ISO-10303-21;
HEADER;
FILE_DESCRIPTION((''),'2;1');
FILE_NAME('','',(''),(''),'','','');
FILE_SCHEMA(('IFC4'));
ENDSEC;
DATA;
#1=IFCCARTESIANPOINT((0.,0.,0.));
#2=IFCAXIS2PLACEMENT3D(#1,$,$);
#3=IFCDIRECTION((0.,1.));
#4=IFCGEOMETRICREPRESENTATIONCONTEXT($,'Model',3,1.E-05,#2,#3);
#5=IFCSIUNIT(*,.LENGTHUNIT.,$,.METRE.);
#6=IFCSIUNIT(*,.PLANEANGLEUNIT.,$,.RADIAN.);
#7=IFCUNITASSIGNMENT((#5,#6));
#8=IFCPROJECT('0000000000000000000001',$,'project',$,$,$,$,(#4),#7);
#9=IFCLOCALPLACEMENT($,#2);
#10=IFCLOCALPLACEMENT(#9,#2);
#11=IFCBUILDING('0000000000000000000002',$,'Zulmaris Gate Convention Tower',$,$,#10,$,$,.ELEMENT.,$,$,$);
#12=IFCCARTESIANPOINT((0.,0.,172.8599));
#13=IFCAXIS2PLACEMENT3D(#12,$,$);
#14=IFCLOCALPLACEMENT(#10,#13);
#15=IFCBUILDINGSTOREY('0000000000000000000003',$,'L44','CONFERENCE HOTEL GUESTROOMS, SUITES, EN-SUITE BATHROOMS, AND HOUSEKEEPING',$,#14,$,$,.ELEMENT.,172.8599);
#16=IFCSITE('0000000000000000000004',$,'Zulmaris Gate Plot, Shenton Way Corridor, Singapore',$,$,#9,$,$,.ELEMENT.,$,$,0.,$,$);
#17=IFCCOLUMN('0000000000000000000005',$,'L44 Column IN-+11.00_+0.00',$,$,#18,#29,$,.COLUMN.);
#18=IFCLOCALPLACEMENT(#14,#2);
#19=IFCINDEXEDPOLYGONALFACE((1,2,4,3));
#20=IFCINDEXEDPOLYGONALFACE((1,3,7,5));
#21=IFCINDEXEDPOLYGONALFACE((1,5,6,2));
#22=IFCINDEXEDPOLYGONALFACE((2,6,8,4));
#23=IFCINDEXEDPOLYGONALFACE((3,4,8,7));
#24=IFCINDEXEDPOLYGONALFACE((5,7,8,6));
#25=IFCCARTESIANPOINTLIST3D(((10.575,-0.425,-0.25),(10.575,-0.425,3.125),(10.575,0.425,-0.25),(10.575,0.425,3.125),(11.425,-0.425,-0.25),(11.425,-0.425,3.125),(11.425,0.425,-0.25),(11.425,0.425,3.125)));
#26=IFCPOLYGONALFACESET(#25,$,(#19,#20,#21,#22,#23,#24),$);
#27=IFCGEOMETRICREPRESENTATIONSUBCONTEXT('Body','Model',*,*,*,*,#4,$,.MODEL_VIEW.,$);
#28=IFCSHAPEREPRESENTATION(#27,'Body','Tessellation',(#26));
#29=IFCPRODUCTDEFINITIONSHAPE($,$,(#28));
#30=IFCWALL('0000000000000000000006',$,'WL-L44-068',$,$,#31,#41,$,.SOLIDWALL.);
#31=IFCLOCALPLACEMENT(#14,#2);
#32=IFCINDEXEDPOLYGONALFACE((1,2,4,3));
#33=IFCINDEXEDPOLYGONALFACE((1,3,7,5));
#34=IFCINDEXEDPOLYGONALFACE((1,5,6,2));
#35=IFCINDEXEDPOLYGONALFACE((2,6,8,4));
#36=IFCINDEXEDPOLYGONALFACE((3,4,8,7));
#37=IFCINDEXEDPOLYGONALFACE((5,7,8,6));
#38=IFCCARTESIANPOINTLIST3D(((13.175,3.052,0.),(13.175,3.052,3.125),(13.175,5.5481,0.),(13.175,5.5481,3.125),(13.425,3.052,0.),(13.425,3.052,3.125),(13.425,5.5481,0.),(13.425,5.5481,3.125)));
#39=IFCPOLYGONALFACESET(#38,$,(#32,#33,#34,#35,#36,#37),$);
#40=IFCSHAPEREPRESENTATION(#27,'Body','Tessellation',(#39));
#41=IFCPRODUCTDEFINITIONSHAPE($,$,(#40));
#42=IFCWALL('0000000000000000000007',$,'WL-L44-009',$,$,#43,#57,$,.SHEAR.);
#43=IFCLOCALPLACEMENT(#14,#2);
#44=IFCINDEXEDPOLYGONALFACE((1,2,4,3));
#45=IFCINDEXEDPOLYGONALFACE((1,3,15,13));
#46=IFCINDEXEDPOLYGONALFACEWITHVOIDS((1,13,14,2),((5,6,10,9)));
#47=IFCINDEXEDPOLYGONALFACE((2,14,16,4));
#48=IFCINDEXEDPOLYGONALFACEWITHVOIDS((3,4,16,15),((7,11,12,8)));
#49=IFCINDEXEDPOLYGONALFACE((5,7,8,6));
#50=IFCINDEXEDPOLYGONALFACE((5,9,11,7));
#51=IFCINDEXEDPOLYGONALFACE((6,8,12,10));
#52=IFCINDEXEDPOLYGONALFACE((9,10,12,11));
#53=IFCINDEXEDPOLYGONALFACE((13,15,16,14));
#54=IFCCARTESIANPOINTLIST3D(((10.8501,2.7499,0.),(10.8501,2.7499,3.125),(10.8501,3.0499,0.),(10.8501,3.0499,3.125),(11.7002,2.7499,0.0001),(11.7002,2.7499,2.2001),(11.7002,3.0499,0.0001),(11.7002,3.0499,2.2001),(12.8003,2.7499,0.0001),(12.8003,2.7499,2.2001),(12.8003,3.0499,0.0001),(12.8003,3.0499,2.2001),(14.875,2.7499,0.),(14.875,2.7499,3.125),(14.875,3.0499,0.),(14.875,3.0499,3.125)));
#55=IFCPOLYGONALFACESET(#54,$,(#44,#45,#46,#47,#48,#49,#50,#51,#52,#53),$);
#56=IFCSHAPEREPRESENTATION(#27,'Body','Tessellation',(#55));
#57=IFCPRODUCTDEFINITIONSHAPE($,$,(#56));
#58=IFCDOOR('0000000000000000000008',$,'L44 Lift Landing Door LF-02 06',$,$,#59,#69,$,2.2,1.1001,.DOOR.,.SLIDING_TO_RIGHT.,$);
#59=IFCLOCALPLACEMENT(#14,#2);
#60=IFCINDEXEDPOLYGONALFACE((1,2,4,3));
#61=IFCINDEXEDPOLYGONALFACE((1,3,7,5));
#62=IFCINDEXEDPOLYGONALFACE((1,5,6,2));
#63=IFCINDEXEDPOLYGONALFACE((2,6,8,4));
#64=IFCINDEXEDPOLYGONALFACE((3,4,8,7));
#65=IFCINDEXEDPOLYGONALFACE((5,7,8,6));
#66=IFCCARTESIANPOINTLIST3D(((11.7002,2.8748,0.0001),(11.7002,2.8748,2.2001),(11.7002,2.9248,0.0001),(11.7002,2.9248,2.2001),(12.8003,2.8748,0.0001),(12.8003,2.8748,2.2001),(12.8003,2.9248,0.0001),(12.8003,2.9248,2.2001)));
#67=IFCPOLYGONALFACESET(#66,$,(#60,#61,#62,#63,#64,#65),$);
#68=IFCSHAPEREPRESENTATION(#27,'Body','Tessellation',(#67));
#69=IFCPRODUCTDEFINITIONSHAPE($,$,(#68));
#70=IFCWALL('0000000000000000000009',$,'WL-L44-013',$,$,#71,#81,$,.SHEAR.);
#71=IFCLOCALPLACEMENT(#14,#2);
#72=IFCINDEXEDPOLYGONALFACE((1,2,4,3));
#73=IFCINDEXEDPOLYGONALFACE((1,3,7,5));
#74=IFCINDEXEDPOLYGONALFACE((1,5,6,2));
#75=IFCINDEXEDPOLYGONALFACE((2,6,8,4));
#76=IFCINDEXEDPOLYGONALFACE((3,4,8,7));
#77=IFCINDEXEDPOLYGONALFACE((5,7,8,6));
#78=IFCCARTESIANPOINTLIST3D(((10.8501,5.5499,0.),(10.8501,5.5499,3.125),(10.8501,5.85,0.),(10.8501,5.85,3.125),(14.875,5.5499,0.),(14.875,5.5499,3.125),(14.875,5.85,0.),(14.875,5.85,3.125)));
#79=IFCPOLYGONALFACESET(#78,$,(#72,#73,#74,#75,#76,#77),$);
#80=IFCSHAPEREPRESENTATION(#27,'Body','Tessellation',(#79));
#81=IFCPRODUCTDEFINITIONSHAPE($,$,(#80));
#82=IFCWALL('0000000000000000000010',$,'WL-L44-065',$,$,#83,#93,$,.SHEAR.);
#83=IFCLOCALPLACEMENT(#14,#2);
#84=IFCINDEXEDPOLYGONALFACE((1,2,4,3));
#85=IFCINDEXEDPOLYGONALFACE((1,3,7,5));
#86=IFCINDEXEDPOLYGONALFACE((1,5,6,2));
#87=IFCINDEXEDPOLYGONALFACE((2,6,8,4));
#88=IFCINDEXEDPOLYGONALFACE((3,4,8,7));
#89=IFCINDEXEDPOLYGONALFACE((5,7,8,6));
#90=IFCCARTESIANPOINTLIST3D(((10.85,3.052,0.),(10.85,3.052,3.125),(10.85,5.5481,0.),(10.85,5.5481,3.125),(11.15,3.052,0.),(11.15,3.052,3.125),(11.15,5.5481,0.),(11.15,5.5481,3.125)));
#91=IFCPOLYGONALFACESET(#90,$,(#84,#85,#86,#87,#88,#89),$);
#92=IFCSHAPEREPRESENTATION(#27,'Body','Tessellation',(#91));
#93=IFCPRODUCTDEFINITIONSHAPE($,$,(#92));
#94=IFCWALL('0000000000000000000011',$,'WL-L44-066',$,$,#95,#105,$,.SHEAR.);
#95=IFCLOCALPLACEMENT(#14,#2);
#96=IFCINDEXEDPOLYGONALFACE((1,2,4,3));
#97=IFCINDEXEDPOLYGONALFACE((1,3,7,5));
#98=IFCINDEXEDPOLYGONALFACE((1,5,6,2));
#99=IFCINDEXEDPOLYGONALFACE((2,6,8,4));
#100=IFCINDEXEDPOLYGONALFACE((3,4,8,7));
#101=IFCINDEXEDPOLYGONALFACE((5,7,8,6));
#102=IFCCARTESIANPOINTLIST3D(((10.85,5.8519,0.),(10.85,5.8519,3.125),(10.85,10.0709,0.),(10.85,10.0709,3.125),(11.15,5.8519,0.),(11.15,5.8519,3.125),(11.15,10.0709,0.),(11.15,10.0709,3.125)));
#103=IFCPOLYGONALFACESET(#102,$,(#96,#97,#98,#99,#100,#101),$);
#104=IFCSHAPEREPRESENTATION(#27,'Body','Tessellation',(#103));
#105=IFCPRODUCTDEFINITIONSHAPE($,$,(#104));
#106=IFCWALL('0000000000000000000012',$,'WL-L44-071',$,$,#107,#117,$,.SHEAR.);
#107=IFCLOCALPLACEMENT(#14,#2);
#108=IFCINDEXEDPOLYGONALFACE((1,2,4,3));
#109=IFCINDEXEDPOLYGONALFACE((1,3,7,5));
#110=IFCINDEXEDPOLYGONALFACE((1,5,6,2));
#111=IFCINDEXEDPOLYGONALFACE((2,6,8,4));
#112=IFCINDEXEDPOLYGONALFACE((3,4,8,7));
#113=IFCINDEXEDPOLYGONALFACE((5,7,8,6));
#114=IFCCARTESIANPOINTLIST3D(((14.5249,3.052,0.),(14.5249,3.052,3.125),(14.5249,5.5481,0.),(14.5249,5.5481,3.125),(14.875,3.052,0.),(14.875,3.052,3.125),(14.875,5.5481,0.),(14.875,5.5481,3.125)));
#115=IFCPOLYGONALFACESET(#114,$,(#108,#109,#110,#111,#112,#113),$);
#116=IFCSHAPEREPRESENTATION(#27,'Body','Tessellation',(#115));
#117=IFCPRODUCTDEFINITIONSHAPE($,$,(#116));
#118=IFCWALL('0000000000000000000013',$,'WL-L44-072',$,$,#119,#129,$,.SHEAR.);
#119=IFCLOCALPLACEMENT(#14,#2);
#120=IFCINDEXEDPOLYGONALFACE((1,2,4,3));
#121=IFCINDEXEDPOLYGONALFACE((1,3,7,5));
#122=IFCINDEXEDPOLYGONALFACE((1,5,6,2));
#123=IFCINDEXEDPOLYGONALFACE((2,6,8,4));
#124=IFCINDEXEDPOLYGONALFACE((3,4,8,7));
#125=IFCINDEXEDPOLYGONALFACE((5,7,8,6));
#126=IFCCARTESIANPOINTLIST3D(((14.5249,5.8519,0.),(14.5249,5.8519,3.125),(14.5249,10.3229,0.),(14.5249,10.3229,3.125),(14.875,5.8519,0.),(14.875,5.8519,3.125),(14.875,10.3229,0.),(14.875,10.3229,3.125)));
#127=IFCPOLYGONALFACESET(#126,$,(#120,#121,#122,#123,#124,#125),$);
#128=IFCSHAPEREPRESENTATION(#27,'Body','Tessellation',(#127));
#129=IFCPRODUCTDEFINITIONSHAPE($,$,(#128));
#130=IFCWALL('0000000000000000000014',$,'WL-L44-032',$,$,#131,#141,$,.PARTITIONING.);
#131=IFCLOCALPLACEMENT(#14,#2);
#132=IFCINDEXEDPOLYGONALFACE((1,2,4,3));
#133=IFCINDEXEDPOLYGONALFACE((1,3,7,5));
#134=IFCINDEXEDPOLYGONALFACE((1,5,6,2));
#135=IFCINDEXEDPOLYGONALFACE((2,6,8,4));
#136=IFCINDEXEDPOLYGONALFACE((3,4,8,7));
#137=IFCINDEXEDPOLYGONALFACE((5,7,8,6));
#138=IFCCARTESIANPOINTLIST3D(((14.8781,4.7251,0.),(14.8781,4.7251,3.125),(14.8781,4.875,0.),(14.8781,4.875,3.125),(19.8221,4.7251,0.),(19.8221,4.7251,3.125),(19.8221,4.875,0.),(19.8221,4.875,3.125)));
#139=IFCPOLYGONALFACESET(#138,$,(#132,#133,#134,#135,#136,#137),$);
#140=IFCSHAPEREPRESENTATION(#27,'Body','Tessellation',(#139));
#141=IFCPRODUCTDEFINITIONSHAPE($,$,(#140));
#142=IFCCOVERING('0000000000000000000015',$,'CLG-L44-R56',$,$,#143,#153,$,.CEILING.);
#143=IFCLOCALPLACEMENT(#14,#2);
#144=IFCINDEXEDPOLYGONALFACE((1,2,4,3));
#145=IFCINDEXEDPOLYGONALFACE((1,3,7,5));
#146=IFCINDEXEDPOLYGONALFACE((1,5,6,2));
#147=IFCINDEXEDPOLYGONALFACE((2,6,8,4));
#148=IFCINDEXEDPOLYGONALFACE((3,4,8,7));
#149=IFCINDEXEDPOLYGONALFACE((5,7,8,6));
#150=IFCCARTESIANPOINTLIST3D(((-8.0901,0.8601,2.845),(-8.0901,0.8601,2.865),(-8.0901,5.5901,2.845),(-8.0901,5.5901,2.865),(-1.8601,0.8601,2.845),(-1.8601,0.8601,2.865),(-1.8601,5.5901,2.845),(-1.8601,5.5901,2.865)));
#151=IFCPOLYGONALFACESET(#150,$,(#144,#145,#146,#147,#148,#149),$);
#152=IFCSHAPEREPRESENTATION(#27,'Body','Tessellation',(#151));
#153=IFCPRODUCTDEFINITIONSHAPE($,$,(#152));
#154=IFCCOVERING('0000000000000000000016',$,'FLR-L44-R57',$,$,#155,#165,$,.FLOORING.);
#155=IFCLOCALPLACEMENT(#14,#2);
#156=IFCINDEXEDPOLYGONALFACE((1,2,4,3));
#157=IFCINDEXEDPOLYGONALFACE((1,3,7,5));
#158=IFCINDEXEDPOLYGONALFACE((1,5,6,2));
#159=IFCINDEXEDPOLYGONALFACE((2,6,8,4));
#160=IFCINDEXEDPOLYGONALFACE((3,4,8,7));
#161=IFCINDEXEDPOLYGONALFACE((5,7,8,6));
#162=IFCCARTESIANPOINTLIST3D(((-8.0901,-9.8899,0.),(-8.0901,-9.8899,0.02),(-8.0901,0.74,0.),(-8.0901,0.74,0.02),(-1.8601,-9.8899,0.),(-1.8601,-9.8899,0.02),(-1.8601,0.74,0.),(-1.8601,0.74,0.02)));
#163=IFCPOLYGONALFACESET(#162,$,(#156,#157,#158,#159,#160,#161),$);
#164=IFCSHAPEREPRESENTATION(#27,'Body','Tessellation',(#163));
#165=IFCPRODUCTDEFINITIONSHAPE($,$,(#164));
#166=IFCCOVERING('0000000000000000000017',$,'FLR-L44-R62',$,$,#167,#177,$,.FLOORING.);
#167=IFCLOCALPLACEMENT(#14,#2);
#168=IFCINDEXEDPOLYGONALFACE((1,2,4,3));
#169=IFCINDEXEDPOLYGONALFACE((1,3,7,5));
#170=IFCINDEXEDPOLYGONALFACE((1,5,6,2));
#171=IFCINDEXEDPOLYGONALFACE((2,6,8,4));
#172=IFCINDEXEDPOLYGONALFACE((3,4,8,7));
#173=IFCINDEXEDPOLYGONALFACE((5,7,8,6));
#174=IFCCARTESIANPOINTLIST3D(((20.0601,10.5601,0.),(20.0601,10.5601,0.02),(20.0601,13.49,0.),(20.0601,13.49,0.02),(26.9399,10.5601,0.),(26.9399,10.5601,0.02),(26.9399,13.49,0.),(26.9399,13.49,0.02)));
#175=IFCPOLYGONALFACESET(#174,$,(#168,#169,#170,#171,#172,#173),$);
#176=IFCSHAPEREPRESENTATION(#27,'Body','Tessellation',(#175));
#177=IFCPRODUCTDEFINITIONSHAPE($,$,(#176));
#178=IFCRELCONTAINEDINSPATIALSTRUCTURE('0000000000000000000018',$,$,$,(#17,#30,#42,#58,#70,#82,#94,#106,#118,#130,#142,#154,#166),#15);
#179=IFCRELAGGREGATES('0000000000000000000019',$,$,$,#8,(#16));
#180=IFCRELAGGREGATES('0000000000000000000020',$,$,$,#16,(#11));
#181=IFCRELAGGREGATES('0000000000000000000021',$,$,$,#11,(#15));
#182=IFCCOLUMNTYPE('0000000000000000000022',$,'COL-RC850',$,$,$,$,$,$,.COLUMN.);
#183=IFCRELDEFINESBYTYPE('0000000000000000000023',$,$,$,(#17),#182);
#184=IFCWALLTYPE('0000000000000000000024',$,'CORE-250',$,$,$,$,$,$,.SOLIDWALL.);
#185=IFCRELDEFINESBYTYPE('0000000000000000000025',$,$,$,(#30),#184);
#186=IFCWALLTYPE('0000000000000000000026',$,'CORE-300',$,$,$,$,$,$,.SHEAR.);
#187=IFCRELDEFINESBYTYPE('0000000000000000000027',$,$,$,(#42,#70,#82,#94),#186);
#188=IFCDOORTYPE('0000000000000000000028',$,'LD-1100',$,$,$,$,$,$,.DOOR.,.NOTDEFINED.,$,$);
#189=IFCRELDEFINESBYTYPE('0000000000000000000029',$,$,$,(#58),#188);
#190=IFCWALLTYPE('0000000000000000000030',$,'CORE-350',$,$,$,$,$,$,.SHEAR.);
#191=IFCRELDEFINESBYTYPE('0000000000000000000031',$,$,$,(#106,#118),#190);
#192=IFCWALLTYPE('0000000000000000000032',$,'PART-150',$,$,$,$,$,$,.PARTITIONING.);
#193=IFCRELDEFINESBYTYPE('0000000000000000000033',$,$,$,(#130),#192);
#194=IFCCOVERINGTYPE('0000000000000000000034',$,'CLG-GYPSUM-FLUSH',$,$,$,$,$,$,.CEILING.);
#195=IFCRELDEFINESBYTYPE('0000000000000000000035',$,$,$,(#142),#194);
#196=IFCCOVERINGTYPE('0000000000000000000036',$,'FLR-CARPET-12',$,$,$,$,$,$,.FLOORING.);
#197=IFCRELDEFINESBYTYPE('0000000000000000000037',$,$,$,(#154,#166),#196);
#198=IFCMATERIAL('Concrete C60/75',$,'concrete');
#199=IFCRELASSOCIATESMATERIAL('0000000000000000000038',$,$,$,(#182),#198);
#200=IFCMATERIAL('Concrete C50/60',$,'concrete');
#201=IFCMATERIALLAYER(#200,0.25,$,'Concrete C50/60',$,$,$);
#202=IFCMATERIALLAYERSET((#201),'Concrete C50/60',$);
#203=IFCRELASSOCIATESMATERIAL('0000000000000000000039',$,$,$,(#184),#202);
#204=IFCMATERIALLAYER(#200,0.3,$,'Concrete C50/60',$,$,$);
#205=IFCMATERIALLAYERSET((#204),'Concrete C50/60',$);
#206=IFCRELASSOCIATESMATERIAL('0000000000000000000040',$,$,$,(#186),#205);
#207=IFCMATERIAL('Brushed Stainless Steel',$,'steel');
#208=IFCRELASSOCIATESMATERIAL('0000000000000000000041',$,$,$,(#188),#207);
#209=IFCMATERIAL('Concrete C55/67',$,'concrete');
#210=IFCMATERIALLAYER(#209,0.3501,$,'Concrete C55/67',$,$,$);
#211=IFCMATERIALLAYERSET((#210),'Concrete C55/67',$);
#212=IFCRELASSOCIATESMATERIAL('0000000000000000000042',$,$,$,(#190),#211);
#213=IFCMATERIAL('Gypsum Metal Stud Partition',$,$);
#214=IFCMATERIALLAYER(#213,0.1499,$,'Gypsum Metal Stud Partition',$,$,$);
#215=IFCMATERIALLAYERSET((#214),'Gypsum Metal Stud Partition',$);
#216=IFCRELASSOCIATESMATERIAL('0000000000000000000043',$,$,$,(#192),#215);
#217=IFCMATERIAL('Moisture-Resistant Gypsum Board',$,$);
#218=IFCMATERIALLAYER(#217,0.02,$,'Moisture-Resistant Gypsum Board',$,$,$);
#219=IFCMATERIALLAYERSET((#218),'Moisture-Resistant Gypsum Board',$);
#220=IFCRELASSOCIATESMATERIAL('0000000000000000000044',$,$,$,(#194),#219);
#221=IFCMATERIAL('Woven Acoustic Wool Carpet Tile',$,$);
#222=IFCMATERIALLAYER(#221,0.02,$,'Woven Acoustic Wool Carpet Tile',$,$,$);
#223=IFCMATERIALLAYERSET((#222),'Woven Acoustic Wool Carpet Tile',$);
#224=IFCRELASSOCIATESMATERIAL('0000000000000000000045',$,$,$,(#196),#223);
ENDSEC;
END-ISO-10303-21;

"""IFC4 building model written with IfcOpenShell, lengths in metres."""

from ifc_helpers import new_model, si_unit, direction, frame, frame_2d, origin, origin_2d, place, context, subcontext, project, spatial, polyline, rectangle, outline, extrude, material, layer, layer_set, material_profile, profile_set, type_object, element, fill, save


model = new_model("IFC4")

# Units and contexts
model_context = context("Model", 3, precision=1e-05, world=origin(), true_north=direction((0.0, 1.0)))
body_context = subcontext(model_context, "Body", "Model", "MODEL_VIEW")
ifc_project = project(units=[si_unit("LENGTHUNIT", "METRE"), si_unit("PLANEANGLEUNIT", "RADIAN")], contexts=[model_context])

# Site, building, storey
site_placement = place(None, origin())
site = spatial("IfcSite", under=ifc_project, at=site_placement, Name="Zulmaris Gate Plot, Shenton Way Corridor, Singapore", CompositionType="ELEMENT", RefElevation=0.0)
building_placement = place(site_placement, origin())
building = spatial("IfcBuilding", under=site, at=building_placement, Name="Zulmaris Gate Convention Tower", CompositionType="ELEMENT")
storey_placement = place(building_placement, frame((0.0, 0.0, 172.8599)))
storey = spatial("IfcBuildingStorey", under=building, at=storey_placement, Name="L44", Description="CONFERENCE HOTEL GUESTROOMS, SUITES, EN-SUITE BATHROOMS, AND HOUSEKEEPING", CompositionType="ELEMENT", Elevation=172.8599)

# Column
ifc_material_1 = material(Name="Concrete C60/75", Category="concrete")
ifc_material_profile = material_profile(ifc_material_1, rectangle(XDim=0.8501, YDim=0.8501, at=origin_2d()), Name="RC COL 850x850")
ifc_profile_set = profile_set([ifc_material_profile], Name="Concrete C60/75")
column_type = type_object("IfcColumnType", Name="COL-RC850", PredefinedType="COLUMN", material=ifc_profile_set)
column_placement = place(storey_placement, frame((11.0, 0.0, -0.25), z_axis=(0.0, 0.0, 1.0), x_axis=(1.0, 0.0, 0.0)))
element("IfcColumn", 1, at=column_placement, inside=storey, type_object=column_type, Name="L44 Column IN-+11.00_+0.00", PredefinedType="COLUMN", context=body_context, shape_type="SweptSolid", body=[
    extrude(rectangle(XDim=0.8501, YDim=0.8501, at=origin_2d()), origin(), (0.0, 0.0, 1.0), 3.375),
])

# Wall
ifc_material_2 = material(Name="Concrete C50/60", Category="concrete")
ifc_layer_1 = layer(ifc_material_2, 0.25, Name="Concrete C50/60")
ifc_layer_set_1 = layer_set([ifc_layer_1], Name="Concrete C50/60")
wall_type_1 = type_object("IfcWallType", Name="CORE-250", PredefinedType="SOLIDWALL", material=ifc_layer_set_1)
wall_1_placement = place(storey_placement, frame((13.3, 3.052, 0.0), z_axis=(0.0, 0.0, 1.0), x_axis=(0.0, 1.0, 0.0)))
element("IfcWall", 2, at=wall_1_placement, inside=storey, type_object=wall_type_1, Name="WL-L44-068", PredefinedType="SOLIDWALL", context=body_context, shape_type="SweptSolid", body=[
    extrude(rectangle(XDim=2.4961, YDim=0.25, at=frame_2d((1.248, 0.0))), origin(), (0.0, 0.0, 1.0), 3.125),
])

# Wall, opening, door
ifc_layer_2 = layer(ifc_material_2, 0.3, Name="Concrete C50/60")
ifc_layer_set_2 = layer_set([ifc_layer_2], Name="Concrete C50/60")
wall_type_2 = type_object("IfcWallType", Name="CORE-300", PredefinedType="SHEAR", material=ifc_layer_set_2)
wall_2_placement = place(storey_placement, frame((10.8501, 2.8999, 0.0), z_axis=(0.0, 0.0, 1.0), x_axis=(1.0, 0.0, 0.0)))
wall_2 = element("IfcWall", 3, at=wall_2_placement, inside=storey, type_object=wall_type_2, Name="WL-L44-009", PredefinedType="SHEAR", context=body_context, shape_type="SweptSolid", body=[
    extrude(rectangle(XDim=4.0249, YDim=0.3, at=frame_2d((2.0125, 0.0))), origin(), (0.0, 0.0, 1.0), 3.125),
])
opening_1_placement = place(wall_2_placement, frame((0.8501, 0.0, 0.0)))
opening_1 = element("IfcOpeningElement", 4, at=opening_1_placement, cuts=wall_2, PredefinedType="OPENING", context=body_context, shape_type="SweptSolid", body=[
    extrude(rectangle(XDim=1.1001, YDim=2.2, at=frame_2d((0.55, 1.1001))), frame((0.0, 0.1602, 0.0), z_axis=(0.0, -1.0, 0.0), x_axis=(1.0, 0.0, 0.0)), (0.0, 0.0, 1.0), 0.3201),
])
ifc_material_3 = material(Name="Brushed Stainless Steel", Category="steel")
door_type_1 = type_object("IfcDoorType", Name="LD-1100", OperationType="NOTDEFINED", PredefinedType="DOOR", material=ifc_material_3)
door_1_placement = place(opening_1_placement, origin())
door_1 = element("IfcDoor", 5, at=door_1_placement, inside=storey, type_object=door_type_1, Name="L44 Lift Landing Door LF-02 06", OperationType="SLIDING_TO_RIGHT", OverallHeight=2.2, OverallWidth=1.1001, PredefinedType="DOOR", context=body_context, shape_type="SweptSolid", body=[
    extrude(rectangle(XDim=1.1001, YDim=2.2, at=frame_2d((0.55, 1.1001))), frame((0.0, 0.0249, 0.0), z_axis=(0.0, -1.0, 0.0), x_axis=(1.0, 0.0, 0.0)), (0.0, 0.0, 1.0), 0.05),
])
fill(opening_1, door_1)

# Wall
wall_3_placement = place(storey_placement, frame((10.8501, 5.7, 0.0), z_axis=(0.0, 0.0, 1.0), x_axis=(1.0, 0.0, 0.0)))
element("IfcWall", 6, at=wall_3_placement, inside=storey, type_object=wall_type_2, Name="WL-L44-013", PredefinedType="SHEAR", context=body_context, shape_type="SweptSolid", body=[
    extrude(rectangle(XDim=4.0249, YDim=0.3, at=frame_2d((2.0125, 0.0))), origin(), (0.0, 0.0, 1.0), 3.125),
])

# Walls
wall_4_placement = place(storey_placement, frame((11.0, 3.052, 0.0), z_axis=(0.0, 0.0, 1.0), x_axis=(0.0, 1.0, 0.0)))
element("IfcWall", 7, at=wall_4_placement, inside=storey, type_object=wall_type_2, Name="WL-L44-065", PredefinedType="SHEAR", context=body_context, shape_type="SweptSolid", body=[
    extrude(rectangle(XDim=2.4961, YDim=0.3, at=frame_2d((1.248, 0.0))), origin(), (0.0, 0.0, 1.0), 3.125),
])
wall_5_placement = place(storey_placement, frame((11.0, 5.8521, 0.0), z_axis=(0.0, 0.0, 1.0), x_axis=(0.0, 1.0, 0.0)))
element("IfcWall", 8, at=wall_5_placement, inside=storey, type_object=wall_type_2, Name="WL-L44-066", PredefinedType="SHEAR", context=body_context, shape_type="SweptSolid", body=[
    extrude(rectangle(XDim=4.219, YDim=0.3, at=frame_2d((2.1094, 0.0))), origin(), (0.0, 0.0, 1.0), 3.125),
])
ifc_material_4 = material(Name="Concrete C55/67", Category="concrete")
ifc_layer_3 = layer(ifc_material_4, 0.3501, Name="Concrete C55/67")
ifc_layer_set_3 = layer_set([ifc_layer_3], Name="Concrete C55/67")
wall_type_3 = type_object("IfcWallType", Name="CORE-350", PredefinedType="SHEAR", material=ifc_layer_set_3)
wall_6_placement = place(storey_placement, frame((14.7, 3.052, 0.0), z_axis=(0.0, 0.0, 1.0), x_axis=(0.0, 1.0, 0.0)))
element("IfcWall", 9, at=wall_6_placement, inside=storey, type_object=wall_type_3, Name="WL-L44-071", PredefinedType="SHEAR", context=body_context, shape_type="SweptSolid", body=[
    extrude(rectangle(XDim=2.4961, YDim=0.3501, at=frame_2d((1.248, 0.0))), origin(), (0.0, 0.0, 1.0), 3.125),
])
wall_7_placement = place(storey_placement, frame((14.7, 5.8521, 0.0), z_axis=(0.0, 0.0, 1.0), x_axis=(0.0, 1.0, 0.0)))
element("IfcWall", 10, at=wall_7_placement, inside=storey, type_object=wall_type_3, Name="WL-L44-072", PredefinedType="SHEAR", context=body_context, shape_type="SweptSolid", body=[
    extrude(rectangle(XDim=4.4709, YDim=0.3501, at=frame_2d((2.2354, 0.0))), origin(), (0.0, 0.0, 1.0), 3.125),
])
ifc_material_5 = material(Name="Gypsum Metal Stud Partition")
ifc_layer_4 = layer(ifc_material_5, 0.1499, Name="Gypsum Metal Stud Partition")
ifc_layer_set_4 = layer_set([ifc_layer_4], Name="Gypsum Metal Stud Partition")
wall_type_4 = type_object("IfcWallType", Name="PART-150", PredefinedType="PARTITIONING", material=ifc_layer_set_4)
wall_8_placement = place(storey_placement, frame((14.8779, 4.8, 0.0), z_axis=(0.0, 0.0, 1.0), x_axis=(1.0, 0.0, 0.0)))
element("IfcWall", 11, at=wall_8_placement, inside=storey, type_object=wall_type_4, Name="WL-L44-032", PredefinedType="PARTITIONING", context=body_context, shape_type="SweptSolid", body=[
    extrude(rectangle(XDim=4.9441, YDim=0.1499, at=frame_2d((2.4722, 0.0))), origin(), (0.0, 0.0, 1.0), 3.125),
])

# Coverings
ifc_material_6 = material(Name="Moisture-Resistant Gypsum Board")
ifc_layer_5 = layer(ifc_material_6, 0.02, Name="Moisture-Resistant Gypsum Board")
ifc_layer_set_5 = layer_set([ifc_layer_5], Name="Moisture-Resistant Gypsum Board")
covering_type_1 = type_object("IfcCoveringType", Name="CLG-GYPSUM-FLUSH", PredefinedType="CEILING", material=ifc_layer_set_5)
covering_1_placement = place(storey_placement, frame((0.0, 0.0, 2.845)))
element("IfcCovering", 12, at=covering_1_placement, inside=storey, type_object=covering_type_1, Name="CLG-L44-R56", PredefinedType="CEILING", context=body_context, shape_type="SweptSolid", body=[
    extrude(outline(polyline([(-8.0901, 0.8601), (-1.8601, 0.8601), (-1.8601, 5.5901), (-8.0901, 5.5901), (-8.0901, 0.8601)])), origin(), (0.0, 0.0, 1.0), 0.02),
])
ifc_material_7 = material(Name="Woven Acoustic Wool Carpet Tile")
ifc_layer_6 = layer(ifc_material_7, 0.02, Name="Woven Acoustic Wool Carpet Tile")
ifc_layer_set_6 = layer_set([ifc_layer_6], Name="Woven Acoustic Wool Carpet Tile")
covering_type_2 = type_object("IfcCoveringType", Name="FLR-CARPET-12", PredefinedType="FLOORING", material=ifc_layer_set_6)
covering_2_placement = place(storey_placement, origin())
element("IfcCovering", 13, at=covering_2_placement, inside=storey, type_object=covering_type_2, Name="FLR-L44-R57", PredefinedType="FLOORING", context=body_context, shape_type="SweptSolid", body=[
    extrude(outline(polyline([(-8.0901, -9.8899), (-1.8601, -9.8899), (-1.8601, 0.74), (-8.0901, 0.74), (-8.0901, -9.8899)])), origin(), (0.0, 0.0, 1.0), 0.02),
])
covering_3_placement = place(storey_placement, origin())
element("IfcCovering", 14, at=covering_3_placement, inside=storey, type_object=covering_type_2, Name="FLR-L44-R62", PredefinedType="FLOORING", context=body_context, shape_type="SweptSolid", body=[
    extrude(outline(polyline([(20.0601, 10.5601), (26.9399, 10.5601), (26.9399, 13.49), (20.0601, 13.49), (20.0601, 10.5601)])), origin(), (0.0, 0.0, 1.0), 0.02),
])

save(model, "model.ifc")
